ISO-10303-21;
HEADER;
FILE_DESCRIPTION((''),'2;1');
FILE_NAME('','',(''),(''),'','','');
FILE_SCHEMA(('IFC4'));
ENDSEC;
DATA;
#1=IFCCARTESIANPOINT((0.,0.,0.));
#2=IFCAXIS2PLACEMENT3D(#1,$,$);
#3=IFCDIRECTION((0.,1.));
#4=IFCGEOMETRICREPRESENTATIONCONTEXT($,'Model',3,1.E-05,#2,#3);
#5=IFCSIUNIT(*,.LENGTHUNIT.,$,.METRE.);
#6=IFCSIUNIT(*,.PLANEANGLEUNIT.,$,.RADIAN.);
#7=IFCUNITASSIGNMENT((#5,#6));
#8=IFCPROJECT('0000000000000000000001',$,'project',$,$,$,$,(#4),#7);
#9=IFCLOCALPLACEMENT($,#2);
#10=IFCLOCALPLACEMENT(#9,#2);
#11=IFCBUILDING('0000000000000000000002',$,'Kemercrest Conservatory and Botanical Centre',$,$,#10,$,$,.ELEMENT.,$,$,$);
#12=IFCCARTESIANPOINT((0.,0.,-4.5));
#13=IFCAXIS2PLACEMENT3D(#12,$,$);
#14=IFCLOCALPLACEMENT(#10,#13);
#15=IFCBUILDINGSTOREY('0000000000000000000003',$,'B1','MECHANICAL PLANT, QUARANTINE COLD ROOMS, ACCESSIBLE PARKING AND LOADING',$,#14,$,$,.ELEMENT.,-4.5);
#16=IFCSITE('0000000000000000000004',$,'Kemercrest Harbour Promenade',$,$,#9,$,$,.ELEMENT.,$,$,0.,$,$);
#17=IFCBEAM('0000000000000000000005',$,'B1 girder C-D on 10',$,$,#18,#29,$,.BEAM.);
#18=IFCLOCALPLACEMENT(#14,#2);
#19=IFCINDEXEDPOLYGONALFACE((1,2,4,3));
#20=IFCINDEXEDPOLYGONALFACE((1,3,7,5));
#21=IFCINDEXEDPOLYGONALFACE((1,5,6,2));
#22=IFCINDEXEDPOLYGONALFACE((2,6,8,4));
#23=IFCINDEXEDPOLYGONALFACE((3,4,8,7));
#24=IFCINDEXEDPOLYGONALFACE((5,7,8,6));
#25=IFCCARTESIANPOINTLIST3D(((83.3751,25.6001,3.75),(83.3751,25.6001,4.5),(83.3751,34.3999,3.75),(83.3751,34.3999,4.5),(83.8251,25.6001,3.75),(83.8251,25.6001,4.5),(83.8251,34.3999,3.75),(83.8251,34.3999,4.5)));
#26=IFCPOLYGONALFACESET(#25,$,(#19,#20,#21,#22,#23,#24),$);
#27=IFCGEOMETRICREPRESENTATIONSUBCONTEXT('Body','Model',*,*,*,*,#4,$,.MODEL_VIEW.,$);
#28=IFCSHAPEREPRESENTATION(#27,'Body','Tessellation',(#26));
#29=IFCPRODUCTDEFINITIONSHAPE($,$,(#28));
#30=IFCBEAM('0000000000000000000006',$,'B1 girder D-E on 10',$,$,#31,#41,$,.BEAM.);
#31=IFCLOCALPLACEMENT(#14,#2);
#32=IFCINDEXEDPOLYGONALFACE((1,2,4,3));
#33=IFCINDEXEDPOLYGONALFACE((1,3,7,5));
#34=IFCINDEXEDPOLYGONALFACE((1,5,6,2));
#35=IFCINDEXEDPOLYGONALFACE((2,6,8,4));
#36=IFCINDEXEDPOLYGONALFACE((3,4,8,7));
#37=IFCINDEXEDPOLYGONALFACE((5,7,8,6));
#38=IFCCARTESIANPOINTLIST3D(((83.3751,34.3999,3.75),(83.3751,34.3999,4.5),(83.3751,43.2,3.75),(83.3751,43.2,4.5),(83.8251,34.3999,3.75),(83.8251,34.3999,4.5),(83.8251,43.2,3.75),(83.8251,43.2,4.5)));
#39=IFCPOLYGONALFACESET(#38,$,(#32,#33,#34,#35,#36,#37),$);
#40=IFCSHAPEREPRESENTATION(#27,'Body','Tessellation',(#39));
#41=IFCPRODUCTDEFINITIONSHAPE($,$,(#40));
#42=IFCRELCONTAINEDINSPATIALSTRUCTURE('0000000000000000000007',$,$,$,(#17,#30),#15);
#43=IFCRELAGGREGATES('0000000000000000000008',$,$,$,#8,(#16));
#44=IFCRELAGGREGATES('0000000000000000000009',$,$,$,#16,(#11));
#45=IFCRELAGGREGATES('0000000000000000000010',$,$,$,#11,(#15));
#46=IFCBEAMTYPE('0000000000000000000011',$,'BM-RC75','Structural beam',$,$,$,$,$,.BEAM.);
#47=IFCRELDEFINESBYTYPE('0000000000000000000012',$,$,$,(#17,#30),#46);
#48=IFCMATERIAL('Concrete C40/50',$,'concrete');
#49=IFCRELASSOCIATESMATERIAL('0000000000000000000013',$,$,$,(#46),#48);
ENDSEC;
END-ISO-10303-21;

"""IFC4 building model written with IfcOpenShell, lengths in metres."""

from ifc_helpers import new_model, si_unit, direction, frame, origin, origin_2d, place, context, subcontext, project, spatial, rectangle, extrude, material, material_profile, profile_set, type_object, element, save


model = new_model("IFC4")

# Units and contexts
model_context = context("Model", 3, precision=1e-05, world=origin(), true_north=direction((0.0, 1.0)))
body_context = subcontext(model_context, "Body", "Model", "MODEL_VIEW")
ifc_project = project(units=[si_unit("LENGTHUNIT", "METRE"), si_unit("PLANEANGLEUNIT", "RADIAN")], contexts=[model_context])

# Site, building, storey
site_placement = place(None, origin())
site = spatial("IfcSite", under=ifc_project, at=site_placement, Name="Kemercrest Harbour Promenade", CompositionType="ELEMENT", RefElevation=0.0)
building_placement = place(site_placement, origin())
building = spatial("IfcBuilding", under=site, at=building_placement, Name="Kemercrest Conservatory and Botanical Centre", CompositionType="ELEMENT")
storey_placement = place(building_placement, frame((0.0, 0.0, -4.5)))
storey = spatial("IfcBuildingStorey", under=building, at=storey_placement, Name="B1", Description="MECHANICAL PLANT, QUARANTINE COLD ROOMS, ACCESSIBLE PARKING AND LOADING", CompositionType="ELEMENT", Elevation=-4.5)

# Shared definitions
ifc_material_1 = material(Name="Concrete C40/50", Category="concrete")

# Beams
ifc_material_profile_1 = material_profile(ifc_material_1, rectangle(XDim=0.45, YDim=0.75, at=origin_2d()), Name="RC 450x750")
ifc_profile_set_1 = profile_set([ifc_material_profile_1], Name="Concrete C40/50")
beam_type = type_object("IfcBeamType", Name="BM-RC75", Description="Structural beam", PredefinedType="BEAM", material=ifc_profile_set_1)
beam_1_placement = place(storey_placement, frame((83.6001, 25.6001, 4.125), z_axis=(0.0, 1.0, 0.0), x_axis=(-1.0, 0.0, 0.0)))
element("IfcBeam", 1, at=beam_1_placement, inside=storey, type_object=beam_type, Name="B1 girder C-D on 10", PredefinedType="BEAM", context=body_context, shape_type="SweptSolid", body=[
    extrude(rectangle(XDim=0.45, YDim=0.75, at=origin_2d()), origin(), (0.0, 0.0, 1.0), 8.7998),
])
beam_2_placement = place(storey_placement, frame((83.6001, 34.3999, 4.125), z_axis=(0.0, 1.0, 0.0), x_axis=(-1.0, 0.0, 0.0)))
element("IfcBeam", 2, at=beam_2_placement, inside=storey, type_object=beam_type, Name="B1 girder D-E on 10", PredefinedType="BEAM", context=body_context, shape_type="SweptSolid", body=[
    extrude(rectangle(XDim=0.45, YDim=0.75, at=origin_2d()), origin(), (0.0, 0.0, 1.0), 8.8),
])

save(model, "model.ifc")
